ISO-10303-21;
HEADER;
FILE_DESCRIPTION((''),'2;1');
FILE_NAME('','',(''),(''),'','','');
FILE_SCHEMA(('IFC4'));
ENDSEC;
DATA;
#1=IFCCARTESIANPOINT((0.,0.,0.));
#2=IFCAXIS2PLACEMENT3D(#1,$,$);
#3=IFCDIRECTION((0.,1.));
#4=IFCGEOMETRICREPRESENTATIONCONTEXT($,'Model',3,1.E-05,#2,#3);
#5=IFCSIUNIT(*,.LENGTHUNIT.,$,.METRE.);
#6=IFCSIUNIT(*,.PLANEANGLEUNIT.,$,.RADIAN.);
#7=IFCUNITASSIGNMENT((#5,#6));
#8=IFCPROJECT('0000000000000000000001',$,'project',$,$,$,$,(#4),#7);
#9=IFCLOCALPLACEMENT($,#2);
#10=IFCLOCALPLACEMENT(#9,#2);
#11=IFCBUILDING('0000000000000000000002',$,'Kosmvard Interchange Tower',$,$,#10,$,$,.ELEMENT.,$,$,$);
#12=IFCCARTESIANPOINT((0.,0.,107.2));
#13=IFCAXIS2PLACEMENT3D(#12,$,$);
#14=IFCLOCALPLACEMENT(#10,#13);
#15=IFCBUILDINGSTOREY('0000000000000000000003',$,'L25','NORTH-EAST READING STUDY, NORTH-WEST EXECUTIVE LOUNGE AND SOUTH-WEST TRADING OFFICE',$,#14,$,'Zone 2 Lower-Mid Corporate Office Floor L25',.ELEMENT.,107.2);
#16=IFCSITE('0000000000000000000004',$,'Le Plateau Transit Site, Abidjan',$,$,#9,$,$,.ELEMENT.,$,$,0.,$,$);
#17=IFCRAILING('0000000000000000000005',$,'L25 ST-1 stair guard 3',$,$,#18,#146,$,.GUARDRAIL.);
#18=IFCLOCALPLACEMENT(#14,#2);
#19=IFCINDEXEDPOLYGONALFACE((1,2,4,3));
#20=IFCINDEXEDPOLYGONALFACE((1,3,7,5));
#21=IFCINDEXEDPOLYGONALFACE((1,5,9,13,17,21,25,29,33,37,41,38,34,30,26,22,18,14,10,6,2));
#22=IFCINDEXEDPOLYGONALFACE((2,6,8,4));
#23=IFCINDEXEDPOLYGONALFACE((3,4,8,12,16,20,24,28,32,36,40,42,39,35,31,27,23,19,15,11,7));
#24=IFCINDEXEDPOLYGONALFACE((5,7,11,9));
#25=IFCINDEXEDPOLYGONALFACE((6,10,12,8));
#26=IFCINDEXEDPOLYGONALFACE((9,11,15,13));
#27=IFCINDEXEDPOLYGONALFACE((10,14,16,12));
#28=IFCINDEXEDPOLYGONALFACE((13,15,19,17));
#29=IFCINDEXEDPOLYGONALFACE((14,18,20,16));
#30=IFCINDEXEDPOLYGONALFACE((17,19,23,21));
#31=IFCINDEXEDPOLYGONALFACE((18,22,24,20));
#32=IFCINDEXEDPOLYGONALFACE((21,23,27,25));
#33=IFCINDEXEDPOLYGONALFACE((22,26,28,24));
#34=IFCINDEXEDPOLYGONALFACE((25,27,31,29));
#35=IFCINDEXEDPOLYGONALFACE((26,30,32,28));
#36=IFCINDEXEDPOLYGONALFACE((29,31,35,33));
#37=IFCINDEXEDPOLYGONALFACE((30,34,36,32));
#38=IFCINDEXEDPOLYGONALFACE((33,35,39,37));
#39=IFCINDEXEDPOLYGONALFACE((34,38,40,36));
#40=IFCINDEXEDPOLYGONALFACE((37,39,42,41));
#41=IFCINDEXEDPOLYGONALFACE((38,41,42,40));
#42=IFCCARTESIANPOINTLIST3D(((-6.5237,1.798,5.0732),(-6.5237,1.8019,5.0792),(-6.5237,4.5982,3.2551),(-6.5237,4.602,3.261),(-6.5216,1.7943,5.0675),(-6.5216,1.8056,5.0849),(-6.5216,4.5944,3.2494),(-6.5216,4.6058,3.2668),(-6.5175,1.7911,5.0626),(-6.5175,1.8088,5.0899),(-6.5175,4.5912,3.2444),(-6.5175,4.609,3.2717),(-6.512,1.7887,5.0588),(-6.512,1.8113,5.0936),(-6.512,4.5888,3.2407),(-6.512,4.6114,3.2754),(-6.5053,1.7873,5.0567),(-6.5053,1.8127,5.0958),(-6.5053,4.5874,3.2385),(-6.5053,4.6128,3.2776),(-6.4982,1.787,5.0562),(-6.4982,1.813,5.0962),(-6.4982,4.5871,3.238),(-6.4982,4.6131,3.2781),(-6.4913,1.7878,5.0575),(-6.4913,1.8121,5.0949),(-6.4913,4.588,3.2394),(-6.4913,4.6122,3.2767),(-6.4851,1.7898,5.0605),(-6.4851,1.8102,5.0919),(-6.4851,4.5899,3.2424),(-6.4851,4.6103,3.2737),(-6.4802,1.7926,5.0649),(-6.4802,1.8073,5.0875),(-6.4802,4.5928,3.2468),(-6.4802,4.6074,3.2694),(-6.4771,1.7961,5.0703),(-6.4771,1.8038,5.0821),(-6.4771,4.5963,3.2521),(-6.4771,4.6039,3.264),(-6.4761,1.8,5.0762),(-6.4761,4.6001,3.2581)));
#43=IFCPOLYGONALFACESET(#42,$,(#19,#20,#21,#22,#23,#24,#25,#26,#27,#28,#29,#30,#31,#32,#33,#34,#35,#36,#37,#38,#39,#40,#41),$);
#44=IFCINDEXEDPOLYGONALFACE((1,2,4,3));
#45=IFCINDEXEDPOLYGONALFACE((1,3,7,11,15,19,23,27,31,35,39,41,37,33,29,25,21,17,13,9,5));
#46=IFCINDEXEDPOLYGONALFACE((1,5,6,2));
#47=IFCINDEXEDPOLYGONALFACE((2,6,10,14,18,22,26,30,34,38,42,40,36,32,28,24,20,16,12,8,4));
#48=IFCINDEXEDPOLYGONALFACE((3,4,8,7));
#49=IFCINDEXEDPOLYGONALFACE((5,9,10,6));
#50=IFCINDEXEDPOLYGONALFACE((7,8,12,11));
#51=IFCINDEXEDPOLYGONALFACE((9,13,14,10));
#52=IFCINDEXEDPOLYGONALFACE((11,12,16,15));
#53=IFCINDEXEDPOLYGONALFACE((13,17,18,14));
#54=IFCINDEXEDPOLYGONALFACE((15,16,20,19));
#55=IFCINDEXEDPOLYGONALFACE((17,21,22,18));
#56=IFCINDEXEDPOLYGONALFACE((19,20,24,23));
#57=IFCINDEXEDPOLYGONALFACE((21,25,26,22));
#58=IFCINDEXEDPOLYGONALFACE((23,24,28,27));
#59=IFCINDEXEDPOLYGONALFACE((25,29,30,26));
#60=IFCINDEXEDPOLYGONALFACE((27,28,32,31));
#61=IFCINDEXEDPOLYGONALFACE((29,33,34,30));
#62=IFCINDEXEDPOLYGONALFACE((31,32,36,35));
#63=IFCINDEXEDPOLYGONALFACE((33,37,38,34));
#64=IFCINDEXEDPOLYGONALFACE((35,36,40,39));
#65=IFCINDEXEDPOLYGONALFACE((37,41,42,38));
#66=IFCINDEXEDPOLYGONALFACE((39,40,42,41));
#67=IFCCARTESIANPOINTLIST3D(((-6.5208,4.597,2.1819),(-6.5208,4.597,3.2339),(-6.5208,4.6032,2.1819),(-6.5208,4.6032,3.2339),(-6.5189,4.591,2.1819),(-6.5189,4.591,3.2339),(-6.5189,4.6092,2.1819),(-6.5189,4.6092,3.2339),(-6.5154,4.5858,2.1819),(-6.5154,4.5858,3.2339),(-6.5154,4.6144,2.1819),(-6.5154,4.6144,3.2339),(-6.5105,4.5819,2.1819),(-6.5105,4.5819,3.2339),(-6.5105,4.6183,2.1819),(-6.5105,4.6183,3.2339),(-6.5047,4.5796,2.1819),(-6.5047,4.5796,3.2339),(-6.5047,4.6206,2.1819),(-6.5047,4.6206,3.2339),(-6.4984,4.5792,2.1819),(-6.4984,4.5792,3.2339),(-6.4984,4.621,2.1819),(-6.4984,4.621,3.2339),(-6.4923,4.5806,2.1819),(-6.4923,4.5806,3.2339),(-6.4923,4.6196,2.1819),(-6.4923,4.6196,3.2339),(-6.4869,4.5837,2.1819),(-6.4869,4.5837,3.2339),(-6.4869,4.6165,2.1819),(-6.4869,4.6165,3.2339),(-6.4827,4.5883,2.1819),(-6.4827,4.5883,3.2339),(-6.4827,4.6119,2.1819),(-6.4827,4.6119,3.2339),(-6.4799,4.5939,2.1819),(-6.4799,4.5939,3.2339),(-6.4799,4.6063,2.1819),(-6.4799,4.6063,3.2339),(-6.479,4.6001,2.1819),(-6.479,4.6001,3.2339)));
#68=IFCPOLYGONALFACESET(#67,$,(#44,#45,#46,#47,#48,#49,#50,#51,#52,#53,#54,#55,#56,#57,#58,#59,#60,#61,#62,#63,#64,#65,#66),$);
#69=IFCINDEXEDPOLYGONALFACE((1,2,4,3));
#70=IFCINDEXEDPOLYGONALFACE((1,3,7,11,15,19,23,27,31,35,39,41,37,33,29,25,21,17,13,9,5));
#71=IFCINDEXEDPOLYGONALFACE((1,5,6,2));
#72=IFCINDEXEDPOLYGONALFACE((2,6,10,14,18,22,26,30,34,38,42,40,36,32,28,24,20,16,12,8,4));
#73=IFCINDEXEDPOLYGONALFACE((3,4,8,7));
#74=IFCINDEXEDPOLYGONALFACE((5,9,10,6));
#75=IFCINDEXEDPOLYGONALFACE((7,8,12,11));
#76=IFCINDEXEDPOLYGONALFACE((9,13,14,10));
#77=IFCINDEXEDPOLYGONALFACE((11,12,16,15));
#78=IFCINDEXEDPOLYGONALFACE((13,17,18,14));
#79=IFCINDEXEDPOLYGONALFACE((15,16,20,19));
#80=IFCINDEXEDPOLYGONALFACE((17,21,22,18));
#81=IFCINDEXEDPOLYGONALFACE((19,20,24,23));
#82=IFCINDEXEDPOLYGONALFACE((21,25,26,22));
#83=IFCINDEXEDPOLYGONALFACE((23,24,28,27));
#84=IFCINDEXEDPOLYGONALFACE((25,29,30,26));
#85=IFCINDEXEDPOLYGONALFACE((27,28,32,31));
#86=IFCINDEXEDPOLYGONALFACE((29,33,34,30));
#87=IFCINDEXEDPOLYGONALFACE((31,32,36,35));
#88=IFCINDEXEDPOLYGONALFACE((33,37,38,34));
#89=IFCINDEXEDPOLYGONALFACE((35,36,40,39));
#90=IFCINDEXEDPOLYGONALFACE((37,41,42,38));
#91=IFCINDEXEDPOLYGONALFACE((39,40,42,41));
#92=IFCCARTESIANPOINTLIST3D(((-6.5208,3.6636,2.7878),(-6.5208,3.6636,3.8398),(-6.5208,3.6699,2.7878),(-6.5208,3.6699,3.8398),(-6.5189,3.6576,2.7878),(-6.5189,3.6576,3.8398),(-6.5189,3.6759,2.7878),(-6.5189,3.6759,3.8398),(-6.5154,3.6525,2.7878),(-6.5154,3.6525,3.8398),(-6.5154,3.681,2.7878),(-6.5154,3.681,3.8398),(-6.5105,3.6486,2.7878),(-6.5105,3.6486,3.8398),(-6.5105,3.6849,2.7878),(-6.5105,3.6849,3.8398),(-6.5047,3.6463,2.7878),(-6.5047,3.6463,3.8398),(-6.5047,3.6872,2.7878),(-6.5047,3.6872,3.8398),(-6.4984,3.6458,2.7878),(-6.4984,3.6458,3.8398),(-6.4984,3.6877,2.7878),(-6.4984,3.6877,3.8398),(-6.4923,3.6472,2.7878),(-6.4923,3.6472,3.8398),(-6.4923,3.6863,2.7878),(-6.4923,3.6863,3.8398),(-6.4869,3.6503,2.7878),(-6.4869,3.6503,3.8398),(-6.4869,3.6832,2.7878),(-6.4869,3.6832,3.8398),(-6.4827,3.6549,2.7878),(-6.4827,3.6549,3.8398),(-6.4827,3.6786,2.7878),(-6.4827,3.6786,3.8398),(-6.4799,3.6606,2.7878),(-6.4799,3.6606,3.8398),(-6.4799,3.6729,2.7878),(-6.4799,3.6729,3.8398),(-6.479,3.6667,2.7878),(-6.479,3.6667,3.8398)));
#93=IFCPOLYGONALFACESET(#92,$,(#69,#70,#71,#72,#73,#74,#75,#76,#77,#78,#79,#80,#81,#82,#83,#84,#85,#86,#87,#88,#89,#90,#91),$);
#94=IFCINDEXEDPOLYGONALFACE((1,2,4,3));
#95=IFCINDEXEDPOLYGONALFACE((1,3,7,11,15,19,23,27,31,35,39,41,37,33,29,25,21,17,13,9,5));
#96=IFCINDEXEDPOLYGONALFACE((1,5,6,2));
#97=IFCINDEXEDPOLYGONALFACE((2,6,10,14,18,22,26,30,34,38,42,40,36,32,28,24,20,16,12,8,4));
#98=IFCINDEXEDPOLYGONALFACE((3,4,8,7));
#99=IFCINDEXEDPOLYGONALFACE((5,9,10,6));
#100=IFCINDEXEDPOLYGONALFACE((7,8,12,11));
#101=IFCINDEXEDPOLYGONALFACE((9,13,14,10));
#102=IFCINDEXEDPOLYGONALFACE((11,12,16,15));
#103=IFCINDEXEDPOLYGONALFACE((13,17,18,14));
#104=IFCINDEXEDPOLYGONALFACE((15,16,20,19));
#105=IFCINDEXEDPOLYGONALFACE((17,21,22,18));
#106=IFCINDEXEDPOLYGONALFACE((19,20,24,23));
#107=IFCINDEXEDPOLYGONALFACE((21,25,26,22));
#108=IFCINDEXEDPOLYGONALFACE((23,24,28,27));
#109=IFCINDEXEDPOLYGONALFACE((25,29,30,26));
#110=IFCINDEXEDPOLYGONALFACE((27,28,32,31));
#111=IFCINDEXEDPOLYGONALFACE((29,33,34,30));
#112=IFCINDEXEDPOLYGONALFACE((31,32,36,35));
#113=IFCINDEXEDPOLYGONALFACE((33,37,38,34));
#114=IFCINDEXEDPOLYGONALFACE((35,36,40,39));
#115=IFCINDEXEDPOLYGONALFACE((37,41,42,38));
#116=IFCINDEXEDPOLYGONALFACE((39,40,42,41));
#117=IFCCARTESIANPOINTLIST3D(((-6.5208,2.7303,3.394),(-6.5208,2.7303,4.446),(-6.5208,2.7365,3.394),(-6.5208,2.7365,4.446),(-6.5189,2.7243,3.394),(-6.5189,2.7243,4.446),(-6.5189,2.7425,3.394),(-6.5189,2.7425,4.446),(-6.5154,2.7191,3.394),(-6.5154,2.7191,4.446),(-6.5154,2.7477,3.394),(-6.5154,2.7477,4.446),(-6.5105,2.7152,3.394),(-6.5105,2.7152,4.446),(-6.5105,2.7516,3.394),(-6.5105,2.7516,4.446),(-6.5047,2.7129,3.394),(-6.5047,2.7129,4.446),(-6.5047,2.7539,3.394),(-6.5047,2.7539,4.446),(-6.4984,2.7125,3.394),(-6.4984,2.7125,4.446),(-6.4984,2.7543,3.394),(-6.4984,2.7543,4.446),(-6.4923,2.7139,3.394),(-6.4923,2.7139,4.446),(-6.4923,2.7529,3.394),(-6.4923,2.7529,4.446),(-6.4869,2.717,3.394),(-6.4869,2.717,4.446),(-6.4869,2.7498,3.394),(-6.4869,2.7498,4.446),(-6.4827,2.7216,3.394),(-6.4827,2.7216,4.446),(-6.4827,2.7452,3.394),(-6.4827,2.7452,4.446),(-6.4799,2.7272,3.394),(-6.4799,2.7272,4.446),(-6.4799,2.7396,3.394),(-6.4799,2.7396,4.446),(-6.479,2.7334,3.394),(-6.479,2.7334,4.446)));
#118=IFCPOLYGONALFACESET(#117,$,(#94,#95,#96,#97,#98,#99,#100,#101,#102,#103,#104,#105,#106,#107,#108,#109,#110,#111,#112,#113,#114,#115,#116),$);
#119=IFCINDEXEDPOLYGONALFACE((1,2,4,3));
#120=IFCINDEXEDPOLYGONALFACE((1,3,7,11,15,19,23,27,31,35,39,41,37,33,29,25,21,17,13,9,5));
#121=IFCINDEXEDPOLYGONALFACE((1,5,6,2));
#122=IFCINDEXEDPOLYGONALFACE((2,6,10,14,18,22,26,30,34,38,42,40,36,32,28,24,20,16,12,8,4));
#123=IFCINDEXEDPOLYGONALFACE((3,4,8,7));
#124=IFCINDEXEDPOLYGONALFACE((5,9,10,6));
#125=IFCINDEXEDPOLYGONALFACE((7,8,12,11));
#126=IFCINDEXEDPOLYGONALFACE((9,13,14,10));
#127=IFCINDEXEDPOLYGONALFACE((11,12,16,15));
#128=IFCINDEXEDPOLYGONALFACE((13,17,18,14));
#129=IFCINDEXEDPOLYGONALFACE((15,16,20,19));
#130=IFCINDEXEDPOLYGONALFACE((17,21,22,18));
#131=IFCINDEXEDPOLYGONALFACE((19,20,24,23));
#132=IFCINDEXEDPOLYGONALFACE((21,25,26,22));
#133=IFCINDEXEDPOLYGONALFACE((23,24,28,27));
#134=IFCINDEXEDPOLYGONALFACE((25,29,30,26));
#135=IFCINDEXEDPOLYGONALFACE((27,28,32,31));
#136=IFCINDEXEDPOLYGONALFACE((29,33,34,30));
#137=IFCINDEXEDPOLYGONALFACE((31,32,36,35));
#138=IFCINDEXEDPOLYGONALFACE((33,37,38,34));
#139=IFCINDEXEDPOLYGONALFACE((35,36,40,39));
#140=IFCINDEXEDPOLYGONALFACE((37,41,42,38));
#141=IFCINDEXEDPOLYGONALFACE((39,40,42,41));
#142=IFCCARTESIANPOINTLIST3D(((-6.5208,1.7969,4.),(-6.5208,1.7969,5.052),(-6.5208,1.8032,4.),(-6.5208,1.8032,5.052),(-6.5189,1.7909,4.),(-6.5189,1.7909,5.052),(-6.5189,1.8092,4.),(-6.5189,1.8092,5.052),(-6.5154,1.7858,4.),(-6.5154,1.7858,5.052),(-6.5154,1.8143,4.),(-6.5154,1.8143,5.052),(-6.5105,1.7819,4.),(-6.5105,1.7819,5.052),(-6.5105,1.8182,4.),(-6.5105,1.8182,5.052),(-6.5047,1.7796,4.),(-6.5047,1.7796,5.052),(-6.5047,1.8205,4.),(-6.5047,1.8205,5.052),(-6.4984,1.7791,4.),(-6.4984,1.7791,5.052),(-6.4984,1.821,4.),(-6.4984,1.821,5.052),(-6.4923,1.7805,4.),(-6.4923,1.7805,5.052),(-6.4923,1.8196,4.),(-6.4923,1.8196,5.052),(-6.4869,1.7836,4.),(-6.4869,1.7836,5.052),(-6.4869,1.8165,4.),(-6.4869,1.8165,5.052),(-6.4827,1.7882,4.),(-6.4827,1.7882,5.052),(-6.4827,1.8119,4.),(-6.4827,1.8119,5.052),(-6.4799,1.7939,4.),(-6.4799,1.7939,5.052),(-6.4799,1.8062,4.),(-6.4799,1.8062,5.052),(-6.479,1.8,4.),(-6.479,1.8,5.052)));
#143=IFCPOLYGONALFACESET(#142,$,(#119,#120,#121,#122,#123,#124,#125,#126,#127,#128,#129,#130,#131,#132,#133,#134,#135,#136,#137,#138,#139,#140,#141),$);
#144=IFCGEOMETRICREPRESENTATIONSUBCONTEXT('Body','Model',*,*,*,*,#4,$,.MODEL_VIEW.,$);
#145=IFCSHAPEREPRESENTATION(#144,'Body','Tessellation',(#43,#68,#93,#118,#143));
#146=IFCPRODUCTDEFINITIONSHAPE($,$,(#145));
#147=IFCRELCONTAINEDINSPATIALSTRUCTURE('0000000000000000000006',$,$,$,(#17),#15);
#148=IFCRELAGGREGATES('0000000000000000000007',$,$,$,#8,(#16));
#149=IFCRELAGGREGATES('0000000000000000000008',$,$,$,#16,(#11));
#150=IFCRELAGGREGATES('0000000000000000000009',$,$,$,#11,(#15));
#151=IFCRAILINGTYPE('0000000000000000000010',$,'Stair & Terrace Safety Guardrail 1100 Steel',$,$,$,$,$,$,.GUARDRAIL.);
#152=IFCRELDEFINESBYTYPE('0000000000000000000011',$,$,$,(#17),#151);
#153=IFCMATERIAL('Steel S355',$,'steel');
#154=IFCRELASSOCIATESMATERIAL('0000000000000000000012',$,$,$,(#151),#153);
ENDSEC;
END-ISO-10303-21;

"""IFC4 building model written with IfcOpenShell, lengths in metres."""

from ifc_helpers import new_model, si_unit, direction, frame, origin, origin_2d, place, context, subcontext, project, spatial, circle, extrude, source, transform, mapped, material, type_object, element, save


model = new_model("IFC4")

# Units and contexts
model_context = context("Model", 3, precision=1e-05, world=origin(), true_north=direction((0.0, 1.0)))
body_context = subcontext(model_context, "Body", "Model", "MODEL_VIEW")
ifc_project = project(units=[si_unit("LENGTHUNIT", "METRE"), si_unit("PLANEANGLEUNIT", "RADIAN")], contexts=[model_context])

# Site, building, storey
site_placement = place(None, origin())
site = spatial("IfcSite", under=ifc_project, at=site_placement, Name="Le Plateau Transit Site, Abidjan", CompositionType="ELEMENT", RefElevation=0.0)
building_placement = place(site_placement, origin())
building = spatial("IfcBuilding", under=site, at=building_placement, Name="Kosmvard Interchange Tower", CompositionType="ELEMENT")
storey_placement = place(building_placement, frame((0.0, 0.0, 107.2)))
storey = spatial("IfcBuildingStorey", under=building, at=storey_placement, Name="L25", Description="NORTH-EAST READING STUDY, NORTH-WEST EXECUTIVE LOUNGE AND SOUTH-WEST TRADING OFFICE", LongName="Zone 2 Lower-Mid Corporate Office Floor L25", CompositionType="ELEMENT", Elevation=107.2)

# Shared definitions
ifc_material_1 = material(Name="Steel S355", Category="steel")

# Railing
railing_type_1 = type_object("IfcRailingType", Name="Stair & Terrace Safety Guardrail 1100 Steel", PredefinedType="GUARDRAIL", material=ifc_material_1)
shared_shape_1 = source(origin(), body_context, "Body", "SweptSolid", [
    extrude(circle(Radius=0.0239, at=origin_2d()), frame((0.0, 0.0, 1.0762), z_axis=(0.0, -0.838706, 0.544585), x_axis=(1.0, 0.0, 0.0)), (0.0, 0.0, 1.0), 3.3386),
    extrude(circle(Radius=0.021, at=origin_2d()), origin(), (0.0, 0.0, 1.0), 1.052),
    extrude(circle(Radius=0.021, at=origin_2d()), frame((0.0, -0.9333, 0.606)), (0.0, 0.0, 1.0), 1.052),
    extrude(circle(Radius=0.021, at=origin_2d()), frame((0.0, -1.8667, 1.2122)), (0.0, 0.0, 1.0), 1.052),
    extrude(circle(Radius=0.021, at=origin_2d()), frame((0.0, -2.8, 1.8181)), (0.0, 0.0, 1.0), 1.052),
])
railing_1_placement = place(storey_placement, frame((-6.5, 4.6001, 2.1819)))
element("IfcRailing", 1, at=railing_1_placement, inside=storey, type_object=railing_type_1, Name="L25 ST-1 stair guard 3", PredefinedType="GUARDRAIL", context=body_context, shape_type="MappedRepresentation", body=[
    mapped(shared_shape_1, transform((0.0, 0.0, 0.0), scale=1.0)),
])

save(model, "model.ifc")
